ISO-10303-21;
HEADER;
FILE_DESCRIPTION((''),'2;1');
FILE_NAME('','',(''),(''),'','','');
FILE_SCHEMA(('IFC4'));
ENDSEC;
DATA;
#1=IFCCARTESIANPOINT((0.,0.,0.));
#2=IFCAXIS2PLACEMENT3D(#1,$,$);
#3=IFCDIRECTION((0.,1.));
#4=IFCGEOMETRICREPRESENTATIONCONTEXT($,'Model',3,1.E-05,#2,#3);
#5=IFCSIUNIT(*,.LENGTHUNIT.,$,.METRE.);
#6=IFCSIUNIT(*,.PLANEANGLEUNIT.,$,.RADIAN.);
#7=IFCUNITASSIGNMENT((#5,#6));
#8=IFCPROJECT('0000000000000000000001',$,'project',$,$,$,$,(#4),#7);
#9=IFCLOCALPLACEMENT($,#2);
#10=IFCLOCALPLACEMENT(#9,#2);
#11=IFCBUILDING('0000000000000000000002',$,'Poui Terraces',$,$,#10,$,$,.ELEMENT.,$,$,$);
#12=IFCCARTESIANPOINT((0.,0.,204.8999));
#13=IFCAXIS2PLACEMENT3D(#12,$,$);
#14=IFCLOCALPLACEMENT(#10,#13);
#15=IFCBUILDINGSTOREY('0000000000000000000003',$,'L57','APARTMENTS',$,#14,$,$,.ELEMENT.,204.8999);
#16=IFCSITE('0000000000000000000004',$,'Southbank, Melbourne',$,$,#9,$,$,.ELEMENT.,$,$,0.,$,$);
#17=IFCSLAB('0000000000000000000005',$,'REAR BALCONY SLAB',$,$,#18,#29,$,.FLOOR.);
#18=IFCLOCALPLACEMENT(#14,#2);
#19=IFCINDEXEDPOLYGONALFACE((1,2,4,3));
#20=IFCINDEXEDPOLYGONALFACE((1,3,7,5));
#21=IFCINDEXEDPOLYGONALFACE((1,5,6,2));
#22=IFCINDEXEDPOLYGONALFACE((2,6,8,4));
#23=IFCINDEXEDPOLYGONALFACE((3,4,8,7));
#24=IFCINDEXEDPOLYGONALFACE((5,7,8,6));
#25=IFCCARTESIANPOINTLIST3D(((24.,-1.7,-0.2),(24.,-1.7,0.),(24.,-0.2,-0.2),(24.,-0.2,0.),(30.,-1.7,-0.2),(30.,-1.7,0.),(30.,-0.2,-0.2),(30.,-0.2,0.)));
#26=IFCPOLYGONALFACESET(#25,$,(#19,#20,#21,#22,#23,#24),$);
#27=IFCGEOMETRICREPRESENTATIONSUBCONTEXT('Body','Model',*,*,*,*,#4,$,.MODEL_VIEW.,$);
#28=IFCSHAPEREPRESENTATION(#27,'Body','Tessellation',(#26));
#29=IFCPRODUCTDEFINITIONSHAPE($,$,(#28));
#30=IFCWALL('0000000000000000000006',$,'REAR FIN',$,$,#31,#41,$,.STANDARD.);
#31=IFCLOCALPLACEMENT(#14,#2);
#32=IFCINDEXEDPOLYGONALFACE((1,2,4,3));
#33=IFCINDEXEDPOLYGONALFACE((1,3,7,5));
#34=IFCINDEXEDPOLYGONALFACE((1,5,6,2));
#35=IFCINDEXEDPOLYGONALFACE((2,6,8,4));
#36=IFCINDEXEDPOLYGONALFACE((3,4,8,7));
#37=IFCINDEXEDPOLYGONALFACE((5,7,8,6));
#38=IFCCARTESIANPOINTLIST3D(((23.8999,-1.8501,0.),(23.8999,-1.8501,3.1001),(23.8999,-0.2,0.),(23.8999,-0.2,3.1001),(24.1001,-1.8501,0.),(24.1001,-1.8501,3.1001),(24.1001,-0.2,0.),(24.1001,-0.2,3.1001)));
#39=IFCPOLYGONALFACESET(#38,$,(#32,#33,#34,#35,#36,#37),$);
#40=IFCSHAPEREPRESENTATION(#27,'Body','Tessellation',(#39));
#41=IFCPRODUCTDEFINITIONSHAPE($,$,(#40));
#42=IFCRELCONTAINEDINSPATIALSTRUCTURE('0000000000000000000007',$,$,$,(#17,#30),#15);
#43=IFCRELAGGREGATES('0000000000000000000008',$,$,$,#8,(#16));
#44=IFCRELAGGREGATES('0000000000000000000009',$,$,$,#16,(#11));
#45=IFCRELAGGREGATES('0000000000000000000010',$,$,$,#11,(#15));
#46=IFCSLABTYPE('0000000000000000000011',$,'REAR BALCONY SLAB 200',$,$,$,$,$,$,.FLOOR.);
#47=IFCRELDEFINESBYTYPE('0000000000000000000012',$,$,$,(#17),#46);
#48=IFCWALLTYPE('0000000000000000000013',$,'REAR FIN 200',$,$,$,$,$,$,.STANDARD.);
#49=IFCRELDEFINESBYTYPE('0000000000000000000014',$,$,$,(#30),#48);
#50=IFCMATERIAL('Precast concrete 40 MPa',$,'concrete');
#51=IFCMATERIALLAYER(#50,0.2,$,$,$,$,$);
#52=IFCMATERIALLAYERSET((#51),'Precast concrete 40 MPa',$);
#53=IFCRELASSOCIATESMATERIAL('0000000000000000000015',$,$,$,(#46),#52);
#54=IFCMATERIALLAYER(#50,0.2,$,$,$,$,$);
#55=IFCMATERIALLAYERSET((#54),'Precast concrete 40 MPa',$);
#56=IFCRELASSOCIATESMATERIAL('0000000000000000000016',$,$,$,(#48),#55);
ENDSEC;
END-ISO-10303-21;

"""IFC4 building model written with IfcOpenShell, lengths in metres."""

from ifc_helpers import new_model, si_unit, direction, frame, origin, place, context, subcontext, project, spatial, polyline, outline, extrude, source, transform, mapped, material, layer, layer_set, type_object, element, save


model = new_model("IFC4")

# Units and contexts
model_context = context("Model", 3, precision=1e-05, world=origin(), true_north=direction((0.0, 1.0)))
body_context = subcontext(model_context, "Body", "Model", "MODEL_VIEW")
ifc_project = project(units=[si_unit("LENGTHUNIT", "METRE"), si_unit("PLANEANGLEUNIT", "RADIAN")], contexts=[model_context])

# Site, building, storey
site_placement = place(None, origin())
site = spatial("IfcSite", under=ifc_project, at=site_placement, Name="Southbank, Melbourne", CompositionType="ELEMENT", RefElevation=0.0)
building_placement = place(site_placement, origin())
building = spatial("IfcBuilding", under=site, at=building_placement, Name="Poui Terraces", CompositionType="ELEMENT")
storey_placement = place(building_placement, frame((0.0, 0.0, 204.8999)))
storey = spatial("IfcBuildingStorey", under=building, at=storey_placement, Name="L57", Description="APARTMENTS", CompositionType="ELEMENT", Elevation=204.8999)

# Slab
ifc_material = material(Name="Precast concrete 40 MPa", Category="concrete")
ifc_layer_1 = layer(ifc_material, 0.2)
ifc_layer_set_1 = layer_set([ifc_layer_1], Name="Precast concrete 40 MPa")
slab_type = type_object("IfcSlabType", Name="REAR BALCONY SLAB 200", PredefinedType="FLOOR", material=ifc_layer_set_1)
shared_shape_1 = source(origin(), body_context, "Body", "SweptSolid", [
    extrude(outline(polyline([(0.0, 0.0), (6.0, 0.0), (6.0, 1.5), (0.0, 1.5), (0.0, 0.0)])), origin(), (0.0, 0.0, 1.0), 0.2),
])
slab_placement = place(storey_placement, frame((24.0, -1.7, -0.2)))
element("IfcSlab", 1, at=slab_placement, inside=storey, type_object=slab_type, Name="REAR BALCONY SLAB", PredefinedType="FLOOR", context=body_context, shape_type="MappedRepresentation", body=[
    mapped(shared_shape_1, transform((0.0, 0.0, 0.0))),
])

# Wall
ifc_layer_2 = layer(ifc_material, 0.2)
ifc_layer_set_2 = layer_set([ifc_layer_2], Name="Precast concrete 40 MPa")
wall_type = type_object("IfcWallType", Name="REAR FIN 200", PredefinedType="STANDARD", material=ifc_layer_set_2)
shared_shape_2 = source(origin(), body_context, "Body", "SweptSolid", [
    extrude(outline(polyline([(0.0, 0.0), (0.2002, 0.0), (0.2002, 1.6501), (0.0, 1.6501), (0.0, 0.0)])), origin(), (0.0, 0.0, 1.0), 3.1001),
])
wall_placement = place(storey_placement, frame((23.8999, -1.8501, 0.0)))
element("IfcWall", 2, at=wall_placement, inside=storey, type_object=wall_type, Name="REAR FIN", PredefinedType="STANDARD", context=body_context, shape_type="MappedRepresentation", body=[
    mapped(shared_shape_2, transform((0.0, 0.0, 0.0))),
])

save(model, "model.ifc")
